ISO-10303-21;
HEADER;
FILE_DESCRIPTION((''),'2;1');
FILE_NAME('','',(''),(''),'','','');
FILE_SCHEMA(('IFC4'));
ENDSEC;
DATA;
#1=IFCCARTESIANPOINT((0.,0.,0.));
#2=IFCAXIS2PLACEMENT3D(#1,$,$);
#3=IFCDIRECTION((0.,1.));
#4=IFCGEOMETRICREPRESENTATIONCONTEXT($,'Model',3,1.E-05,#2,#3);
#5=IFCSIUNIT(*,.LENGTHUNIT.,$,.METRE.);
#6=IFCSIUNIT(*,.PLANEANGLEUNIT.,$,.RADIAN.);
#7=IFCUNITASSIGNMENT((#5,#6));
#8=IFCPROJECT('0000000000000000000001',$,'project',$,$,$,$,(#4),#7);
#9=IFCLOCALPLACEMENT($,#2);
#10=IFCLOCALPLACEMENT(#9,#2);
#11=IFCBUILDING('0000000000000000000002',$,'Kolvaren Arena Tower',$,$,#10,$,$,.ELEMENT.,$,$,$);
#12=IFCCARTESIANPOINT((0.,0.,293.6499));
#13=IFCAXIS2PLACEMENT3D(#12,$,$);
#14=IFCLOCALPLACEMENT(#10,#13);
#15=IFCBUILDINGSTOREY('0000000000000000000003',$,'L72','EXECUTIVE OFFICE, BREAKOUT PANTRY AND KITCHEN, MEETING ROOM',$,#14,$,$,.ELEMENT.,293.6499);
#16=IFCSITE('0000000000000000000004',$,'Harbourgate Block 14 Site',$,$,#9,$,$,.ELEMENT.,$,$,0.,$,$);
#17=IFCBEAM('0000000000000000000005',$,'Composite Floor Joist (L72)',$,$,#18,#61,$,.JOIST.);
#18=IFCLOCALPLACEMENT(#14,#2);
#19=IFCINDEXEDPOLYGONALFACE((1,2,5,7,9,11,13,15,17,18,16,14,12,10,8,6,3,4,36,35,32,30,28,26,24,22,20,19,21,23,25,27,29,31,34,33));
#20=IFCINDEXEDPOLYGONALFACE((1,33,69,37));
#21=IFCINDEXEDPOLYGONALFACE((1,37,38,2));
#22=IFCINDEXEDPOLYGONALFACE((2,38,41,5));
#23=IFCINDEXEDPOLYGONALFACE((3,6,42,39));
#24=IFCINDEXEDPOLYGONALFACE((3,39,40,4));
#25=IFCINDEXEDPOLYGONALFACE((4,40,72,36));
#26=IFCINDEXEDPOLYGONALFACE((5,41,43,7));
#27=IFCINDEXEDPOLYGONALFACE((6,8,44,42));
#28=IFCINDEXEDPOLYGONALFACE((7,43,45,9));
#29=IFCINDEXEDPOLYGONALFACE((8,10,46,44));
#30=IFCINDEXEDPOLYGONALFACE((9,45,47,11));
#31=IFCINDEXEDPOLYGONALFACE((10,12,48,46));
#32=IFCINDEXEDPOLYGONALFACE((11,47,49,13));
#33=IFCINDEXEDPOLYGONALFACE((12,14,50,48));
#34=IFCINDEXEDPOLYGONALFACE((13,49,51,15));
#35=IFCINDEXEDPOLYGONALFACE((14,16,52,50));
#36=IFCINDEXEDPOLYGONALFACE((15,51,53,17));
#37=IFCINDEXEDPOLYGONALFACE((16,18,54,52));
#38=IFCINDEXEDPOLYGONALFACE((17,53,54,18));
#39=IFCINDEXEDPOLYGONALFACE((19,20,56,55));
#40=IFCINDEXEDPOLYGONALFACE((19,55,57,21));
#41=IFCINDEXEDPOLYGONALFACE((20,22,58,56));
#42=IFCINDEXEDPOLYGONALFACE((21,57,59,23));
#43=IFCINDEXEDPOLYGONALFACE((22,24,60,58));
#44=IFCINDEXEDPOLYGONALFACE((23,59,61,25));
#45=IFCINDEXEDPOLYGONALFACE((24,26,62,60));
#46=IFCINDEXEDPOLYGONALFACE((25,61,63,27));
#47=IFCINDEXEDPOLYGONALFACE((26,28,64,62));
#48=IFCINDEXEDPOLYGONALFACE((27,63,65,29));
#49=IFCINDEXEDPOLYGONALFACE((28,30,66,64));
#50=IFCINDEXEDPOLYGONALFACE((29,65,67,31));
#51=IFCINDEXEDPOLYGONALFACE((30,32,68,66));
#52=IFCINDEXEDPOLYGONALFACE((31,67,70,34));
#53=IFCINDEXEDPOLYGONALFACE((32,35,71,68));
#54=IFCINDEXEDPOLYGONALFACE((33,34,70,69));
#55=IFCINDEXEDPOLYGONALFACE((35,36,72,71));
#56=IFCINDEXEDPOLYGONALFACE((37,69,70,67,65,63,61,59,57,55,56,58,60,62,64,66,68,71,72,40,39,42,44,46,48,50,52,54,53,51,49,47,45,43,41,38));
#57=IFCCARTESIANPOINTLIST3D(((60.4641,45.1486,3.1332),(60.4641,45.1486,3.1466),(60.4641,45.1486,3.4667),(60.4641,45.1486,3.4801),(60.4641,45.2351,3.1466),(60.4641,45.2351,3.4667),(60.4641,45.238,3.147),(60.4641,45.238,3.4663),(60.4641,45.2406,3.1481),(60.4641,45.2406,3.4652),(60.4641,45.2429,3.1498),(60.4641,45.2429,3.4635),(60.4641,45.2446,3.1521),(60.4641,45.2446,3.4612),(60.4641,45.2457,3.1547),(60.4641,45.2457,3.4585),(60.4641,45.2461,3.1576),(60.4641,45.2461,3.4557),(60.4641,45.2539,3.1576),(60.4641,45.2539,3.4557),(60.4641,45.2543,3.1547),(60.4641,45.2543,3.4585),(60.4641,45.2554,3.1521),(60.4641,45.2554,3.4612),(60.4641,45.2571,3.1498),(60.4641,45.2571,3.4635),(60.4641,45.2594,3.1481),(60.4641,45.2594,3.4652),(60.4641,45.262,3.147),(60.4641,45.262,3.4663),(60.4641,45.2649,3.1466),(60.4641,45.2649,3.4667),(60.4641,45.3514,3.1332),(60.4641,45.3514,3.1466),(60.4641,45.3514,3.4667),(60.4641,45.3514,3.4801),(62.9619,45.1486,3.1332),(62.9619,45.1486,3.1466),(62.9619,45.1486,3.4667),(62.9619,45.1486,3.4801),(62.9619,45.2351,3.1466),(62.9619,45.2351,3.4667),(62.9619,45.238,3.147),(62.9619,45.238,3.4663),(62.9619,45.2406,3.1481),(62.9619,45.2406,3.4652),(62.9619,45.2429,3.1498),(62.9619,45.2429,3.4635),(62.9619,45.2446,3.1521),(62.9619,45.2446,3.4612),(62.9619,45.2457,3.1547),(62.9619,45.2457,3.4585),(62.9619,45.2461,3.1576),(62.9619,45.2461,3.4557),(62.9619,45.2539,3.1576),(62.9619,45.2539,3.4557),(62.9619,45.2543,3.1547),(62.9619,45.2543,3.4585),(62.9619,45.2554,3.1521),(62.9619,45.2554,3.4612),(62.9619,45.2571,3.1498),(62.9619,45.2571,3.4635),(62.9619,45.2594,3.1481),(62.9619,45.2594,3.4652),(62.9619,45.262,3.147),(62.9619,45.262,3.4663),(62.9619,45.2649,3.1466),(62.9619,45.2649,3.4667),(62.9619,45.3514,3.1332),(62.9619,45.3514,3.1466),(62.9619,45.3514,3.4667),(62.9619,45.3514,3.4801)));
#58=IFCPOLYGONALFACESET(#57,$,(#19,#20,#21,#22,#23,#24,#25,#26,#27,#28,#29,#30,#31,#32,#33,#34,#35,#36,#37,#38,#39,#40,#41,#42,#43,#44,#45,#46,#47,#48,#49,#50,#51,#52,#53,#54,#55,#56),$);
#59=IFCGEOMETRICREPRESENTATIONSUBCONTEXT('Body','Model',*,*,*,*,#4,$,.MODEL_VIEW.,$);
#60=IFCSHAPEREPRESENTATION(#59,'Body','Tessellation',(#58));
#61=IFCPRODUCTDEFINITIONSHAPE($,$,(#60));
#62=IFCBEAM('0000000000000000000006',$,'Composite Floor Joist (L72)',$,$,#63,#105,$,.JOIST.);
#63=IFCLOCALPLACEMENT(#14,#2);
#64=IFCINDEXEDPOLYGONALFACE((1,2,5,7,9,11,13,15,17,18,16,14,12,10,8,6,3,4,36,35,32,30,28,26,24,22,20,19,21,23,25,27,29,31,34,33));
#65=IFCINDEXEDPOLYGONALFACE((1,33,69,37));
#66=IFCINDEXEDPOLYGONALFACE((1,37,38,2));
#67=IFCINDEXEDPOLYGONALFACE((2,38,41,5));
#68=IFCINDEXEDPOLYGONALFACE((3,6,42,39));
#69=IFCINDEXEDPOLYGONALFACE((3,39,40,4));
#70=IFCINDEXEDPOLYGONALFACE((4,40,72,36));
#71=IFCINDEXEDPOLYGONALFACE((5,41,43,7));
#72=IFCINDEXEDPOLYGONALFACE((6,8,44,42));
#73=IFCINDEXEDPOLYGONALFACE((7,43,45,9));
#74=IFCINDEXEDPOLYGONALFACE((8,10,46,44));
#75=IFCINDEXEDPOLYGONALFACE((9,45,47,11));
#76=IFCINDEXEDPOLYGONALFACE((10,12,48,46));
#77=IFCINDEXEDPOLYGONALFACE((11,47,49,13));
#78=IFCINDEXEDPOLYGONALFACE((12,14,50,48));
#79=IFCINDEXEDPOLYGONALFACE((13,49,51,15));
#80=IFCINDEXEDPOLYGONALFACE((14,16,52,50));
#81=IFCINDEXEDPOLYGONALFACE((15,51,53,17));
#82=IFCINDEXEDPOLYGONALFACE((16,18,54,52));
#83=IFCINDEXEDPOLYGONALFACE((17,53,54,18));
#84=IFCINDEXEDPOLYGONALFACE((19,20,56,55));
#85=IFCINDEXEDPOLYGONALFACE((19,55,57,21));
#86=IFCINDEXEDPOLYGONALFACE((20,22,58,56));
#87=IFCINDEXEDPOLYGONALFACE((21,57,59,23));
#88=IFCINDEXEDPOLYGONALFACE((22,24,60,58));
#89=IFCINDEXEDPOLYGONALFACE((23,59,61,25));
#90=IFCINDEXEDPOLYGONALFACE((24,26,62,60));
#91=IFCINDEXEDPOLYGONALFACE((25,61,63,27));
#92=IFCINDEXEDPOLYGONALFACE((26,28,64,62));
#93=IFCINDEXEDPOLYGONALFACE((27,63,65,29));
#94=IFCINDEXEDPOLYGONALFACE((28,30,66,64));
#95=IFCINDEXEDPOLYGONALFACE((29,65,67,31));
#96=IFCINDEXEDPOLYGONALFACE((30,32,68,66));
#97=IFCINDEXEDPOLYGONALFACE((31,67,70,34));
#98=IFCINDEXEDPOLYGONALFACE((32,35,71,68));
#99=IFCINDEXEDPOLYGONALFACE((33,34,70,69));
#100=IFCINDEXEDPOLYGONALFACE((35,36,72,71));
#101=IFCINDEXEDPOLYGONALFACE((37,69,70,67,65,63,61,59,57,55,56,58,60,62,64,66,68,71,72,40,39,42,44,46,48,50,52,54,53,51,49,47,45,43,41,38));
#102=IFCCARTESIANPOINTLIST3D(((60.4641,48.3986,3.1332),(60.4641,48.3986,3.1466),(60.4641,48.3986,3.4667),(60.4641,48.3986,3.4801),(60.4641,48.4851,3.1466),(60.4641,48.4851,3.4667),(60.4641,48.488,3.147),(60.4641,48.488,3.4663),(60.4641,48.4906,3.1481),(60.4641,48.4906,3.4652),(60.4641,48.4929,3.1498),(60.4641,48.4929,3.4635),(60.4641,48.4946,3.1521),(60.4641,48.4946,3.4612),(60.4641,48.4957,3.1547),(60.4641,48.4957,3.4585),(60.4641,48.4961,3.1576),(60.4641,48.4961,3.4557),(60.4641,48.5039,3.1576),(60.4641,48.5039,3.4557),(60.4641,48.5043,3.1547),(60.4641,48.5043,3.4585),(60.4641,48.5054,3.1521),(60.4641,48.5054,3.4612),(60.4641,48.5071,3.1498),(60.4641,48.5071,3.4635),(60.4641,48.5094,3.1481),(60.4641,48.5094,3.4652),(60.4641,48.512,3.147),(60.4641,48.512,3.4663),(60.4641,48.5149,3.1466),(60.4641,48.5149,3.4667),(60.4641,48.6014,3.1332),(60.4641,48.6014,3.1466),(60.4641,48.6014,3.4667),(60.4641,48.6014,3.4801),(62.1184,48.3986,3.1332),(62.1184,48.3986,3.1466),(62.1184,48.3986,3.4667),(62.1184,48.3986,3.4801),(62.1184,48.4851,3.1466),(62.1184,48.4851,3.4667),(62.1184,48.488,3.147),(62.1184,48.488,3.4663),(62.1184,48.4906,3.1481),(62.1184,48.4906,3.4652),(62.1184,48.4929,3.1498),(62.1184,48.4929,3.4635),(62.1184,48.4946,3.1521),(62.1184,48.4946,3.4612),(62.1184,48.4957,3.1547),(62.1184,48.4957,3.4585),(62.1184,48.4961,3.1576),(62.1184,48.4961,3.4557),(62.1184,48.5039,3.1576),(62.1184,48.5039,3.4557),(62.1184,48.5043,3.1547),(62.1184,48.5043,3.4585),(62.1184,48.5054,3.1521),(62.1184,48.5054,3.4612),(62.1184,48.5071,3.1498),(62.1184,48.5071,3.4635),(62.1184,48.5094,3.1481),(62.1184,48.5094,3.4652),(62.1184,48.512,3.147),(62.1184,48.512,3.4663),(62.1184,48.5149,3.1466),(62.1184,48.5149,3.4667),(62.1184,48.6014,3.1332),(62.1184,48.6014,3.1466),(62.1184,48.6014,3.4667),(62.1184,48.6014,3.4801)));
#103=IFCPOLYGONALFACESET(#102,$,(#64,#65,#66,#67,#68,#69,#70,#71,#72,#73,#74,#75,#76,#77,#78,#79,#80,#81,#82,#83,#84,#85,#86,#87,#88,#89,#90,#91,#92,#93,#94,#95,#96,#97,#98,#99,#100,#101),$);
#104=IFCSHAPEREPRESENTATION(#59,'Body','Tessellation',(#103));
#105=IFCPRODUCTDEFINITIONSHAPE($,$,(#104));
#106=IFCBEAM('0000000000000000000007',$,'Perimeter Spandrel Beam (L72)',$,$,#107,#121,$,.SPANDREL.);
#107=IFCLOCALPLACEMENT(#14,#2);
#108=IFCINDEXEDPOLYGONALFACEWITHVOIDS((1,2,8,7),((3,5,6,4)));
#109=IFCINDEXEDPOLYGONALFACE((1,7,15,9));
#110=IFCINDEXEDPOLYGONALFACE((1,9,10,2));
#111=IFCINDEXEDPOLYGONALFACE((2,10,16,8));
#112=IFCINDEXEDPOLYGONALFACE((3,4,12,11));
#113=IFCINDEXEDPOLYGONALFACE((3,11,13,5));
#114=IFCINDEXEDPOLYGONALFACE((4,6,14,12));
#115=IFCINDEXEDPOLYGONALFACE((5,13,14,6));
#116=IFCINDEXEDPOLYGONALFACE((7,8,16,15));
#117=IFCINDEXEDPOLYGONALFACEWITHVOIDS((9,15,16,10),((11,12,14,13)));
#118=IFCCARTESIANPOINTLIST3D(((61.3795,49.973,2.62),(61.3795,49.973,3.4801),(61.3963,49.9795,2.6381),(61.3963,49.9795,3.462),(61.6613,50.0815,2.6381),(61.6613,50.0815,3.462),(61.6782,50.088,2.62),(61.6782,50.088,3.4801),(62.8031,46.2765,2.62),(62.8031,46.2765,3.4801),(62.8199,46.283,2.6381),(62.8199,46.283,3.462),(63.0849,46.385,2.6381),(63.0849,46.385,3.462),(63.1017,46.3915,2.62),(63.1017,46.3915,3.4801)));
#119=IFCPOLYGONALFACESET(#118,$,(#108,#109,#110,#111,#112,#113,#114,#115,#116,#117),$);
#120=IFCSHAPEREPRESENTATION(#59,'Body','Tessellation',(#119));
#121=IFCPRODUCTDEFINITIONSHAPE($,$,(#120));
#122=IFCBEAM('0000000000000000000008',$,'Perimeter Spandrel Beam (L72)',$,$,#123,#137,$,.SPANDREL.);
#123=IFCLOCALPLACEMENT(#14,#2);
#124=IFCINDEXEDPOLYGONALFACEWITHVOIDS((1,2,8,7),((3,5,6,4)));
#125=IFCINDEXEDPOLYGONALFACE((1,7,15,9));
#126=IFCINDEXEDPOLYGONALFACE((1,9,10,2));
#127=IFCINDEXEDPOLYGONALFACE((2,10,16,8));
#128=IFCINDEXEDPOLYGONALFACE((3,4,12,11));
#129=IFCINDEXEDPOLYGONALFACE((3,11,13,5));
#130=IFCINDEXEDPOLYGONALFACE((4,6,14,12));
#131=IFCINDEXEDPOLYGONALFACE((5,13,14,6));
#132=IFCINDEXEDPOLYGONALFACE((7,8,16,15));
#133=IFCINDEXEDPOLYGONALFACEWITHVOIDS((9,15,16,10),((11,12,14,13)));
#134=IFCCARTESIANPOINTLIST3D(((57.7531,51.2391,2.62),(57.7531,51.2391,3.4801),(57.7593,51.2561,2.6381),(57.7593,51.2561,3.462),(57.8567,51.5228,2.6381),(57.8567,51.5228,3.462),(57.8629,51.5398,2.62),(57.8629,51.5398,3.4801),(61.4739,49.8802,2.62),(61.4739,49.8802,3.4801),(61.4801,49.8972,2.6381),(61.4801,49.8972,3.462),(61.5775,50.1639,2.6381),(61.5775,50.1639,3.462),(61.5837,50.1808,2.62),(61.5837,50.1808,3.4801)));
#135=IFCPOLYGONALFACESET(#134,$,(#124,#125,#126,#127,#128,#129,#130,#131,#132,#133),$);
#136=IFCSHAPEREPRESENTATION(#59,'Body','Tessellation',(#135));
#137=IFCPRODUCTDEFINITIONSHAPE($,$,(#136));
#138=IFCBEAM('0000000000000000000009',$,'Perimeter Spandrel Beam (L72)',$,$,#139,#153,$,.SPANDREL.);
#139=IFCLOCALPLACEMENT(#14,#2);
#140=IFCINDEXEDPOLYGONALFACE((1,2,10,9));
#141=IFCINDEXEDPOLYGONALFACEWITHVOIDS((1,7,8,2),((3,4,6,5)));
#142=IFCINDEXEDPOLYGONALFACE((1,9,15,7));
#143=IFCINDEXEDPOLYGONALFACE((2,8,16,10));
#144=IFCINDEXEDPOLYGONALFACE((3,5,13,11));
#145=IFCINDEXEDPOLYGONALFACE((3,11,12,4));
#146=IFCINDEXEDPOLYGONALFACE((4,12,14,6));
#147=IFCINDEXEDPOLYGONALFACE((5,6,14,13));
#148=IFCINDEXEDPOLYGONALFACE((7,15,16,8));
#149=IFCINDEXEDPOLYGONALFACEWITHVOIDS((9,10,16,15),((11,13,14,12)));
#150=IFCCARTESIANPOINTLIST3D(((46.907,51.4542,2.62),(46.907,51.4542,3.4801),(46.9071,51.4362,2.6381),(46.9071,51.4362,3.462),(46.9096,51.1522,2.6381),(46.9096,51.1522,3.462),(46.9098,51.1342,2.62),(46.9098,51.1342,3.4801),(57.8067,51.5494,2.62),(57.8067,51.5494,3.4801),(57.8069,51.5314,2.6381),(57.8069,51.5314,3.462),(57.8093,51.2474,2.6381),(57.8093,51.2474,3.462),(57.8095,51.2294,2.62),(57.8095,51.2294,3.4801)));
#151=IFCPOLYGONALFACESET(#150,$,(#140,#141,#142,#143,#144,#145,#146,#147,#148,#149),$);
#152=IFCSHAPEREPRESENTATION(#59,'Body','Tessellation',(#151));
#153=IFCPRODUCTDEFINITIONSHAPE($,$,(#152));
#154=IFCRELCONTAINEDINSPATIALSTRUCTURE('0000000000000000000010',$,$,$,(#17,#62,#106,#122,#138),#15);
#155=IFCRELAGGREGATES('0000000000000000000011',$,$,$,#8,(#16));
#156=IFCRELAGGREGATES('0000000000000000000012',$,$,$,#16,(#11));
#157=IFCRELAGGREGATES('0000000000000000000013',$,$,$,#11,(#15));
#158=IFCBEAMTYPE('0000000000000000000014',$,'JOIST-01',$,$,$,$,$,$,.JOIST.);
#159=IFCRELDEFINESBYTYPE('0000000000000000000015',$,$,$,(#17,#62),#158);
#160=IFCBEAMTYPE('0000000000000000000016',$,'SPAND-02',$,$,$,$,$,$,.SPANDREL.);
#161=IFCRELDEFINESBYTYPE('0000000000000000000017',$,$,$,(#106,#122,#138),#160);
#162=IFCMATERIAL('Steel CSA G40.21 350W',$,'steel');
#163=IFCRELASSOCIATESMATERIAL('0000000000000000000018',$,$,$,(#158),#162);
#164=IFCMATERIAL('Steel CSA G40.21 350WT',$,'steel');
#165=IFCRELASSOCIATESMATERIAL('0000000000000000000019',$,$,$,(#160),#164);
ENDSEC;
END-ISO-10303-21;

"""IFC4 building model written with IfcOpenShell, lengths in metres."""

from ifc_helpers import new_model, si_unit, direction, frame, origin, origin_2d, place, context, subcontext, project, spatial, hollow_rectangle, i_section, extrude, material, material_profile, profile_set, type_object, element, save


model = new_model("IFC4")

# Units and contexts
model_context = context("Model", 3, precision=1e-05, world=origin(), true_north=direction((0.0, 1.0)))
body_context = subcontext(model_context, "Body", "Model", "MODEL_VIEW")
ifc_project = project(units=[si_unit("LENGTHUNIT", "METRE"), si_unit("PLANEANGLEUNIT", "RADIAN")], contexts=[model_context])

# Site, building, storey
site_placement = place(None, origin())
site = spatial("IfcSite", under=ifc_project, at=site_placement, Name="Harbourgate Block 14 Site", CompositionType="ELEMENT", RefElevation=0.0)
building_placement = place(site_placement, origin())
building = spatial("IfcBuilding", under=site, at=building_placement, Name="Kolvaren Arena Tower", CompositionType="ELEMENT")
storey_placement = place(building_placement, frame((0.0, 0.0, 293.6499)))
storey = spatial("IfcBuildingStorey", under=building, at=storey_placement, Name="L72", Description="EXECUTIVE OFFICE, BREAKOUT PANTRY AND KITCHEN, MEETING ROOM", CompositionType="ELEMENT", Elevation=293.6499)

# Beams
ifc_material_1 = material(Name="Steel CSA G40.21 350W", Category="steel")
ifc_material_profile_1 = material_profile(ifc_material_1, i_section(OverallWidth=0.2029, OverallDepth=0.3469, WebThickness=0.0078, FlangeThickness=0.0134, FilletRadius=0.011, at=origin_2d()), Name="W360x64")
ifc_profile_set_1 = profile_set([ifc_material_profile_1], Name="Steel CSA G40.21 350W")
beam_type_1 = type_object("IfcBeamType", Name="JOIST-01", PredefinedType="JOIST", material=ifc_profile_set_1)
beam_1_placement = place(storey_placement, frame((60.4641, 45.25, 3.3066), z_axis=(1.0, 0.0, 0.0), x_axis=(0.0, 1.0, 0.0)))
element("IfcBeam", 1, at=beam_1_placement, inside=storey, type_object=beam_type_1, Name="Composite Floor Joist (L72)", PredefinedType="JOIST", context=body_context, shape_type="SweptSolid", body=[
    extrude(i_section(OverallWidth=0.2029, OverallDepth=0.3469, WebThickness=0.0078, FlangeThickness=0.0134, FilletRadius=0.011, at=origin_2d()), origin(), (0.0, 0.0, 1.0), 2.4978),
])
beam_2_placement = place(storey_placement, frame((60.4641, 48.5, 3.3066), z_axis=(1.0, 0.0, 0.0), x_axis=(0.0, 1.0, 0.0)))
element("IfcBeam", 2, at=beam_2_placement, inside=storey, type_object=beam_type_1, Name="Composite Floor Joist (L72)", PredefinedType="JOIST", context=body_context, shape_type="SweptSolid", body=[
    extrude(i_section(OverallWidth=0.2029, OverallDepth=0.3469, WebThickness=0.0078, FlangeThickness=0.0134, FilletRadius=0.011, at=origin_2d()), origin(), (0.0, 0.0, 1.0), 1.6543),
])
ifc_material_2 = material(Name="Steel CSA G40.21 350WT", Category="steel")
ifc_material_profile_2 = material_profile(ifc_material_2, hollow_rectangle(XDim=0.3201, YDim=0.8601, WallThickness=0.0181, at=origin_2d()), Name="HSS 860x320x18")
ifc_profile_set_2 = profile_set([ifc_material_profile_2], Name="Steel CSA G40.21 350WT")
beam_type_2 = type_object("IfcBeamType", Name="SPAND-02", PredefinedType="SPANDREL", material=ifc_profile_set_2)
for number, where, z_axis, x_axis, name in (
    (3, (62.9524, 46.334, 3.05), (-0.359384, 0.93319, 0.0), (-0.93319, -0.359384, 0.0), "Perimeter Spandrel Beam (L72)"),
    (4, (61.5288, 50.0305, 3.05), (-0.939314, 0.343059, 0.0), (-0.343059, -0.939314, 0.0), "Perimeter Spandrel Beam (L72)"),
):
    element("IfcBeam", number, at=place(storey_placement, frame(where, z_axis=z_axis, x_axis=x_axis)), inside=storey, type_object=beam_type_2, Name=name, PredefinedType="SPANDREL", context=body_context, shape_type="SweptSolid", body=[
        extrude(hollow_rectangle(XDim=0.3201, YDim=0.8601, WallThickness=0.0181, at=origin_2d()), origin(), (0.0, 0.0, 1.0), 3.9612),
    ])
beam_3_placement = place(storey_placement, frame((57.8081, 51.3894, 3.05), z_axis=(-0.999962, -0.008735, 0.0), x_axis=(0.008735, -0.999962, 0.0)))
element("IfcBeam", 5, at=beam_3_placement, inside=storey, type_object=beam_type_2, Name="Perimeter Spandrel Beam (L72)", PredefinedType="SPANDREL", context=body_context, shape_type="SweptSolid", body=[
    extrude(hollow_rectangle(XDim=0.3201, YDim=0.8601, WallThickness=0.0181, at=origin_2d()), origin(), (0.0, 0.0, 1.0), 10.9001),
])

save(model, "model.ifc")
